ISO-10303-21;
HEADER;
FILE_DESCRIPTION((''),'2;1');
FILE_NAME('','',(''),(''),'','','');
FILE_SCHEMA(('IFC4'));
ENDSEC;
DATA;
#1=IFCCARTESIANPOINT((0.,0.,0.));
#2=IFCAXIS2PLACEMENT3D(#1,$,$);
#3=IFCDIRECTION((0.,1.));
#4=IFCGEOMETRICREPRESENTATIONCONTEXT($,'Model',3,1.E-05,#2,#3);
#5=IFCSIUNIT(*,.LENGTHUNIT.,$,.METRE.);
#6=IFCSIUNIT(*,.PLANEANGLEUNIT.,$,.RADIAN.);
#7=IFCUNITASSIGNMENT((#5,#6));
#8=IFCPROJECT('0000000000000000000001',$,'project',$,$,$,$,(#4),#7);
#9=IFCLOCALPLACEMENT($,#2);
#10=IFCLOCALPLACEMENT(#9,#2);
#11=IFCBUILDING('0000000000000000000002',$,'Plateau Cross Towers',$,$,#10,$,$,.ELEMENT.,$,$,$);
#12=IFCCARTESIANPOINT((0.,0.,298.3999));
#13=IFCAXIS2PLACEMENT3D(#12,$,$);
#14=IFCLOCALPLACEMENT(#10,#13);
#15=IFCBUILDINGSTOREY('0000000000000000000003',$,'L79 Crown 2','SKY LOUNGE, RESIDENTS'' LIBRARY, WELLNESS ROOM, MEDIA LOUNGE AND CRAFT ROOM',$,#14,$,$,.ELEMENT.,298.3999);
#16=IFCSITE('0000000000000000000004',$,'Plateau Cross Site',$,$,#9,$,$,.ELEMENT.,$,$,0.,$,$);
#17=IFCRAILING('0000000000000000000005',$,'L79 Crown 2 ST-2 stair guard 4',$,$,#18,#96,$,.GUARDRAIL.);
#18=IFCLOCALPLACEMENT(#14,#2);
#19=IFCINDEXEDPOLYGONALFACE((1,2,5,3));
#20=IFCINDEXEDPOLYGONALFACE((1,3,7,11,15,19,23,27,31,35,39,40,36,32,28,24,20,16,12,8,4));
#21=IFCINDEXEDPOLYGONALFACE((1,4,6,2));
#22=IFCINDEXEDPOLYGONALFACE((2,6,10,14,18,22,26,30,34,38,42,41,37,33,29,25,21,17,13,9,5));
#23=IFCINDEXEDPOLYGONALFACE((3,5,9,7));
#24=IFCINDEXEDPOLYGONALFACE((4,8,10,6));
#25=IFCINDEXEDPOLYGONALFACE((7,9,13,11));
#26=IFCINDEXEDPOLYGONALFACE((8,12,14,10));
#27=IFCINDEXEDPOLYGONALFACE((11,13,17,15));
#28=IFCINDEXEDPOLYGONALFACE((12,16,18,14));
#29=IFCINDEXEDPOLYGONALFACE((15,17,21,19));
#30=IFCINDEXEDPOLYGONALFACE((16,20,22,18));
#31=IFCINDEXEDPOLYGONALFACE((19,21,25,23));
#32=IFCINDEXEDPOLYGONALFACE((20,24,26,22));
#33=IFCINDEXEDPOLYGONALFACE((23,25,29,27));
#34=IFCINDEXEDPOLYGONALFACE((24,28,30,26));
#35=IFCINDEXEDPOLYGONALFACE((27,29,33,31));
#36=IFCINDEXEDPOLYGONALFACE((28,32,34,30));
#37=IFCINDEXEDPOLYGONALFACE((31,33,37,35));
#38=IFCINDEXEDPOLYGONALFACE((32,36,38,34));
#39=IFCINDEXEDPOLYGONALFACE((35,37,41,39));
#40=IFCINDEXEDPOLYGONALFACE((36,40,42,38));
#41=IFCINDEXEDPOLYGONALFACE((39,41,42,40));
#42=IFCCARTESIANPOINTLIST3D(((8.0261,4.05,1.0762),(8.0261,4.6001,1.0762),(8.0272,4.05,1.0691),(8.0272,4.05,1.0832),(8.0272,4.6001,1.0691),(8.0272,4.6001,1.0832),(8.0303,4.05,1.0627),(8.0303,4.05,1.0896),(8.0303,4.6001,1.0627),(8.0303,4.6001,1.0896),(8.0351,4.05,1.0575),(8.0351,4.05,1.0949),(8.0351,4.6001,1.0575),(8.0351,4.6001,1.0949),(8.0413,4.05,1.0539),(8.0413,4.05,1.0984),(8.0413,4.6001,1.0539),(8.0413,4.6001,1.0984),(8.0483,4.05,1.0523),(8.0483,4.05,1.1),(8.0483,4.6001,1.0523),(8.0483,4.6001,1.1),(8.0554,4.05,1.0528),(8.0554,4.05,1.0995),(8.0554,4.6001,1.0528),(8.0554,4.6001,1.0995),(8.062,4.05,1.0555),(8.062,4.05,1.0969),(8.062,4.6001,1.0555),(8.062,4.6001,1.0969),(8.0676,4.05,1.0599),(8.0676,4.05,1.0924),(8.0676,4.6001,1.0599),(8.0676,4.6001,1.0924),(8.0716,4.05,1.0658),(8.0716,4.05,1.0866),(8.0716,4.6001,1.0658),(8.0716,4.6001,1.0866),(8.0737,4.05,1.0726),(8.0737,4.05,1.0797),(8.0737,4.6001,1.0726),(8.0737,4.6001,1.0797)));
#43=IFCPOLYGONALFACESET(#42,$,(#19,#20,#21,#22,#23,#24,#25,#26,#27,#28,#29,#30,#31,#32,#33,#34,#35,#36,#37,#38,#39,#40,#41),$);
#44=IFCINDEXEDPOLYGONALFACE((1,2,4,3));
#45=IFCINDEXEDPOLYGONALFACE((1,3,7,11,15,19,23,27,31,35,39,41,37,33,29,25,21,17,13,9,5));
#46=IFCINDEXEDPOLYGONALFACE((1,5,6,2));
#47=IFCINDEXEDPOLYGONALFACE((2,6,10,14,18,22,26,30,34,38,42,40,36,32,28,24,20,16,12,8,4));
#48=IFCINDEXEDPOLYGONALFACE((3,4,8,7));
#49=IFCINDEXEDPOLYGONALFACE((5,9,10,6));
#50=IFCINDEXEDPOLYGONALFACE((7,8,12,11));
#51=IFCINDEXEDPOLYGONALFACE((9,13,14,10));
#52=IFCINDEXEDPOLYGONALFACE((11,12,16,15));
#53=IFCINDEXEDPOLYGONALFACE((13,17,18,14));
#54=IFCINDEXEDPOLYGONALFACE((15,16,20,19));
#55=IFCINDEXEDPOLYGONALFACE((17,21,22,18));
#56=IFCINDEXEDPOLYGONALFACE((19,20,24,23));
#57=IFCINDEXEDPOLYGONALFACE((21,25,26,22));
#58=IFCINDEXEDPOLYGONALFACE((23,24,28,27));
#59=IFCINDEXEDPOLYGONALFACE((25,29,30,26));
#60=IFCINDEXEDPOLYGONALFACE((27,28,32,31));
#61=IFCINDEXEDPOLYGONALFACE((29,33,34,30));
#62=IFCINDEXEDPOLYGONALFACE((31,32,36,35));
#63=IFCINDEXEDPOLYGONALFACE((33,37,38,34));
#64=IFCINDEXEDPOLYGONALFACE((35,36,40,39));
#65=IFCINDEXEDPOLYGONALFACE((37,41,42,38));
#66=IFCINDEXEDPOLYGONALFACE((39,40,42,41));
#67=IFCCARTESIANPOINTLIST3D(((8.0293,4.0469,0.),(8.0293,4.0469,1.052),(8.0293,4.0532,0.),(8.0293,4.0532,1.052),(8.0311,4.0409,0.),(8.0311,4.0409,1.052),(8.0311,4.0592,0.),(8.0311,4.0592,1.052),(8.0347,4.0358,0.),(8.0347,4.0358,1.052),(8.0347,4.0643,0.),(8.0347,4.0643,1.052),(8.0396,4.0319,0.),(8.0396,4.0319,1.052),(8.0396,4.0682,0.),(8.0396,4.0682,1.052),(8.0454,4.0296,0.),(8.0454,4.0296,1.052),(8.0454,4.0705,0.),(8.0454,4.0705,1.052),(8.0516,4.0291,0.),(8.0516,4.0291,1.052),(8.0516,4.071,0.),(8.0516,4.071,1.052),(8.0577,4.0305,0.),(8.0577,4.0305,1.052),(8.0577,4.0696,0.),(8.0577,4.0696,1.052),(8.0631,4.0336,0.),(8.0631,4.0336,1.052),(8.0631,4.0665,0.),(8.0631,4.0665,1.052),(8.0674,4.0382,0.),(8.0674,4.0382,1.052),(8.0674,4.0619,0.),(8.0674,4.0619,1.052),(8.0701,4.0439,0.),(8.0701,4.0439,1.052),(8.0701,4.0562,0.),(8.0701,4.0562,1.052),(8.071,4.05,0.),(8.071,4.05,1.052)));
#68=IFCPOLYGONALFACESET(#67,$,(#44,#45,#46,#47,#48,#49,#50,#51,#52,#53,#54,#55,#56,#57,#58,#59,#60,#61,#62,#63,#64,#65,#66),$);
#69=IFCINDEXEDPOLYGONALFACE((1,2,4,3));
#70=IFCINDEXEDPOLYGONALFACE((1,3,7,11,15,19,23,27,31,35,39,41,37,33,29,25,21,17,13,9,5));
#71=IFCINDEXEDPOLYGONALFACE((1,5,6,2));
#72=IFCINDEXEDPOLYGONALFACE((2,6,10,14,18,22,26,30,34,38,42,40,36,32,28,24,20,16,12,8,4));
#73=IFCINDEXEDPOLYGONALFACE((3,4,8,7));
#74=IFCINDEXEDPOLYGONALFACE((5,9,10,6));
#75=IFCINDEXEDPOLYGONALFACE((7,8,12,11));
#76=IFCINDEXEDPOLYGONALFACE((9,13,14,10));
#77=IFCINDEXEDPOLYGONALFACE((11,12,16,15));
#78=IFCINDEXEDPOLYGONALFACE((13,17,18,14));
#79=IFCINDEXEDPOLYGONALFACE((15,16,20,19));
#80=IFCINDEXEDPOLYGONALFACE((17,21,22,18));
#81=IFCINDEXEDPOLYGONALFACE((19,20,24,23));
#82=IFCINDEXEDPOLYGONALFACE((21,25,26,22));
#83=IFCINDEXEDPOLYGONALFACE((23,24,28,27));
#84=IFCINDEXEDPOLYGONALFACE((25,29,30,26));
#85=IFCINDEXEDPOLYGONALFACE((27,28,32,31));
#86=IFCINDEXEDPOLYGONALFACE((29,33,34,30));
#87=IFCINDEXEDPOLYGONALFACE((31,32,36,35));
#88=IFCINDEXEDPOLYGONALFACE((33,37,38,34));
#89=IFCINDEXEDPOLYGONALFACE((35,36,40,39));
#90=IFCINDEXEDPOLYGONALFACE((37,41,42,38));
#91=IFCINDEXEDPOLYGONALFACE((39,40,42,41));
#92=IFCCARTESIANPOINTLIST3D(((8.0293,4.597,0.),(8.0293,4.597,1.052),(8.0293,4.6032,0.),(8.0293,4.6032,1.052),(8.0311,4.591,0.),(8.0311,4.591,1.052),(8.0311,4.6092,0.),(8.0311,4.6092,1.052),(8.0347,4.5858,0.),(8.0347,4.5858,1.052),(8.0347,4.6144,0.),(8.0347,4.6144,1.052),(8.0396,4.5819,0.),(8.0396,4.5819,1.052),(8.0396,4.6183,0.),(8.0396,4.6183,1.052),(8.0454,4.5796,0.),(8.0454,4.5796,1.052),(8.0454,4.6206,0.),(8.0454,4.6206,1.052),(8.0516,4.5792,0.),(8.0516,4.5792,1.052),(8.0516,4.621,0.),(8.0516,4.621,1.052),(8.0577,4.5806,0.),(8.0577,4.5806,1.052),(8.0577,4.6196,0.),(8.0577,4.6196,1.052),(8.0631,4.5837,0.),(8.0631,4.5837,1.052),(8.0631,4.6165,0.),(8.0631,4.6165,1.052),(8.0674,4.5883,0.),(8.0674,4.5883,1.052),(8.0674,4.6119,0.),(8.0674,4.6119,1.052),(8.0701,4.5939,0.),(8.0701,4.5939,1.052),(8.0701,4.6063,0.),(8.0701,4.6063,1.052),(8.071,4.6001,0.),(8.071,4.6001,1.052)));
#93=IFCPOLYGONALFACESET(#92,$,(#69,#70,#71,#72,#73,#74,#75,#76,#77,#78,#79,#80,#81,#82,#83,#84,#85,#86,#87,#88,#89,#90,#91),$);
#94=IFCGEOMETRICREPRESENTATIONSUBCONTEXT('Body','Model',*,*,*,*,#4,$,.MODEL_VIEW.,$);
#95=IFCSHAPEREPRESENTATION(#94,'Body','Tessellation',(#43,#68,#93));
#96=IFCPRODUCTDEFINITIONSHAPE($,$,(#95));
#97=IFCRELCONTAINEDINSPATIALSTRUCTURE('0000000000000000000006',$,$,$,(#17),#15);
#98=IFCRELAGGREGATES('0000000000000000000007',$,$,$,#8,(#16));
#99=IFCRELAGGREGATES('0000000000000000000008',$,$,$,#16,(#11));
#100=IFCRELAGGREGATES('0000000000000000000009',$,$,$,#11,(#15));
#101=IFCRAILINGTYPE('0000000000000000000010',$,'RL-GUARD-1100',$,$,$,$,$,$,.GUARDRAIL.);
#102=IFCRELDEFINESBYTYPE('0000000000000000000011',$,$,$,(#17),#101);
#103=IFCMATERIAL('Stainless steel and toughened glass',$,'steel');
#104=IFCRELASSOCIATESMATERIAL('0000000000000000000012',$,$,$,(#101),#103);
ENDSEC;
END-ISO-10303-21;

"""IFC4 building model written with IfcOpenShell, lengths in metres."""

from ifc_helpers import new_model, si_unit, direction, frame, origin, origin_2d, place, context, subcontext, project, spatial, circle, extrude, material, type_object, element, save


model = new_model("IFC4")

# Units and contexts
model_context = context("Model", 3, precision=1e-05, world=origin(), true_north=direction((0.0, 1.0)))
body_context = subcontext(model_context, "Body", "Model", "MODEL_VIEW")
ifc_project = project(units=[si_unit("LENGTHUNIT", "METRE"), si_unit("PLANEANGLEUNIT", "RADIAN")], contexts=[model_context])

# Site, building, storey
site_placement = place(None, origin())
site = spatial("IfcSite", under=ifc_project, at=site_placement, Name="Plateau Cross Site", CompositionType="ELEMENT", RefElevation=0.0)
building_placement = place(site_placement, origin())
building = spatial("IfcBuilding", under=site, at=building_placement, Name="Plateau Cross Towers", CompositionType="ELEMENT")
storey_placement = place(building_placement, frame((0.0, 0.0, 298.3999)))
storey = spatial("IfcBuildingStorey", under=building, at=storey_placement, Name="L79 Crown 2", Description="SKY LOUNGE, RESIDENTS' LIBRARY, WELLNESS ROOM, MEDIA LOUNGE AND CRAFT ROOM", CompositionType="ELEMENT", Elevation=298.3999)

# Railing
ifc_material_1 = material(Name="Stainless steel and toughened glass", Category="steel")
railing_type_1 = type_object("IfcRailingType", Name="RL-GUARD-1100", PredefinedType="GUARDRAIL", material=ifc_material_1)
railing_1_placement = place(storey_placement, frame((8.05, 4.05, 0.0)))
element("IfcRailing", 1, at=railing_1_placement, inside=storey, type_object=railing_type_1, Name="L79 Crown 2 ST-2 stair guard 4", PredefinedType="GUARDRAIL", context=body_context, shape_type="SweptSolid", body=[
    extrude(circle(Radius=0.0239, at=origin_2d()), frame((0.0, 0.0, 1.0762), z_axis=(0.0, 1.0, 0.0), x_axis=(-1.0, 0.0, 0.0)), (0.0, 0.0, 1.0), 0.55),
    extrude(circle(Radius=0.021, at=origin_2d()), origin(), (0.0, 0.0, 1.0), 1.052),
    extrude(circle(Radius=0.021, at=origin_2d()), frame((0.0, 0.55, 0.0)), (0.0, 0.0, 1.0), 1.052),
])

save(model, "model.ifc")
